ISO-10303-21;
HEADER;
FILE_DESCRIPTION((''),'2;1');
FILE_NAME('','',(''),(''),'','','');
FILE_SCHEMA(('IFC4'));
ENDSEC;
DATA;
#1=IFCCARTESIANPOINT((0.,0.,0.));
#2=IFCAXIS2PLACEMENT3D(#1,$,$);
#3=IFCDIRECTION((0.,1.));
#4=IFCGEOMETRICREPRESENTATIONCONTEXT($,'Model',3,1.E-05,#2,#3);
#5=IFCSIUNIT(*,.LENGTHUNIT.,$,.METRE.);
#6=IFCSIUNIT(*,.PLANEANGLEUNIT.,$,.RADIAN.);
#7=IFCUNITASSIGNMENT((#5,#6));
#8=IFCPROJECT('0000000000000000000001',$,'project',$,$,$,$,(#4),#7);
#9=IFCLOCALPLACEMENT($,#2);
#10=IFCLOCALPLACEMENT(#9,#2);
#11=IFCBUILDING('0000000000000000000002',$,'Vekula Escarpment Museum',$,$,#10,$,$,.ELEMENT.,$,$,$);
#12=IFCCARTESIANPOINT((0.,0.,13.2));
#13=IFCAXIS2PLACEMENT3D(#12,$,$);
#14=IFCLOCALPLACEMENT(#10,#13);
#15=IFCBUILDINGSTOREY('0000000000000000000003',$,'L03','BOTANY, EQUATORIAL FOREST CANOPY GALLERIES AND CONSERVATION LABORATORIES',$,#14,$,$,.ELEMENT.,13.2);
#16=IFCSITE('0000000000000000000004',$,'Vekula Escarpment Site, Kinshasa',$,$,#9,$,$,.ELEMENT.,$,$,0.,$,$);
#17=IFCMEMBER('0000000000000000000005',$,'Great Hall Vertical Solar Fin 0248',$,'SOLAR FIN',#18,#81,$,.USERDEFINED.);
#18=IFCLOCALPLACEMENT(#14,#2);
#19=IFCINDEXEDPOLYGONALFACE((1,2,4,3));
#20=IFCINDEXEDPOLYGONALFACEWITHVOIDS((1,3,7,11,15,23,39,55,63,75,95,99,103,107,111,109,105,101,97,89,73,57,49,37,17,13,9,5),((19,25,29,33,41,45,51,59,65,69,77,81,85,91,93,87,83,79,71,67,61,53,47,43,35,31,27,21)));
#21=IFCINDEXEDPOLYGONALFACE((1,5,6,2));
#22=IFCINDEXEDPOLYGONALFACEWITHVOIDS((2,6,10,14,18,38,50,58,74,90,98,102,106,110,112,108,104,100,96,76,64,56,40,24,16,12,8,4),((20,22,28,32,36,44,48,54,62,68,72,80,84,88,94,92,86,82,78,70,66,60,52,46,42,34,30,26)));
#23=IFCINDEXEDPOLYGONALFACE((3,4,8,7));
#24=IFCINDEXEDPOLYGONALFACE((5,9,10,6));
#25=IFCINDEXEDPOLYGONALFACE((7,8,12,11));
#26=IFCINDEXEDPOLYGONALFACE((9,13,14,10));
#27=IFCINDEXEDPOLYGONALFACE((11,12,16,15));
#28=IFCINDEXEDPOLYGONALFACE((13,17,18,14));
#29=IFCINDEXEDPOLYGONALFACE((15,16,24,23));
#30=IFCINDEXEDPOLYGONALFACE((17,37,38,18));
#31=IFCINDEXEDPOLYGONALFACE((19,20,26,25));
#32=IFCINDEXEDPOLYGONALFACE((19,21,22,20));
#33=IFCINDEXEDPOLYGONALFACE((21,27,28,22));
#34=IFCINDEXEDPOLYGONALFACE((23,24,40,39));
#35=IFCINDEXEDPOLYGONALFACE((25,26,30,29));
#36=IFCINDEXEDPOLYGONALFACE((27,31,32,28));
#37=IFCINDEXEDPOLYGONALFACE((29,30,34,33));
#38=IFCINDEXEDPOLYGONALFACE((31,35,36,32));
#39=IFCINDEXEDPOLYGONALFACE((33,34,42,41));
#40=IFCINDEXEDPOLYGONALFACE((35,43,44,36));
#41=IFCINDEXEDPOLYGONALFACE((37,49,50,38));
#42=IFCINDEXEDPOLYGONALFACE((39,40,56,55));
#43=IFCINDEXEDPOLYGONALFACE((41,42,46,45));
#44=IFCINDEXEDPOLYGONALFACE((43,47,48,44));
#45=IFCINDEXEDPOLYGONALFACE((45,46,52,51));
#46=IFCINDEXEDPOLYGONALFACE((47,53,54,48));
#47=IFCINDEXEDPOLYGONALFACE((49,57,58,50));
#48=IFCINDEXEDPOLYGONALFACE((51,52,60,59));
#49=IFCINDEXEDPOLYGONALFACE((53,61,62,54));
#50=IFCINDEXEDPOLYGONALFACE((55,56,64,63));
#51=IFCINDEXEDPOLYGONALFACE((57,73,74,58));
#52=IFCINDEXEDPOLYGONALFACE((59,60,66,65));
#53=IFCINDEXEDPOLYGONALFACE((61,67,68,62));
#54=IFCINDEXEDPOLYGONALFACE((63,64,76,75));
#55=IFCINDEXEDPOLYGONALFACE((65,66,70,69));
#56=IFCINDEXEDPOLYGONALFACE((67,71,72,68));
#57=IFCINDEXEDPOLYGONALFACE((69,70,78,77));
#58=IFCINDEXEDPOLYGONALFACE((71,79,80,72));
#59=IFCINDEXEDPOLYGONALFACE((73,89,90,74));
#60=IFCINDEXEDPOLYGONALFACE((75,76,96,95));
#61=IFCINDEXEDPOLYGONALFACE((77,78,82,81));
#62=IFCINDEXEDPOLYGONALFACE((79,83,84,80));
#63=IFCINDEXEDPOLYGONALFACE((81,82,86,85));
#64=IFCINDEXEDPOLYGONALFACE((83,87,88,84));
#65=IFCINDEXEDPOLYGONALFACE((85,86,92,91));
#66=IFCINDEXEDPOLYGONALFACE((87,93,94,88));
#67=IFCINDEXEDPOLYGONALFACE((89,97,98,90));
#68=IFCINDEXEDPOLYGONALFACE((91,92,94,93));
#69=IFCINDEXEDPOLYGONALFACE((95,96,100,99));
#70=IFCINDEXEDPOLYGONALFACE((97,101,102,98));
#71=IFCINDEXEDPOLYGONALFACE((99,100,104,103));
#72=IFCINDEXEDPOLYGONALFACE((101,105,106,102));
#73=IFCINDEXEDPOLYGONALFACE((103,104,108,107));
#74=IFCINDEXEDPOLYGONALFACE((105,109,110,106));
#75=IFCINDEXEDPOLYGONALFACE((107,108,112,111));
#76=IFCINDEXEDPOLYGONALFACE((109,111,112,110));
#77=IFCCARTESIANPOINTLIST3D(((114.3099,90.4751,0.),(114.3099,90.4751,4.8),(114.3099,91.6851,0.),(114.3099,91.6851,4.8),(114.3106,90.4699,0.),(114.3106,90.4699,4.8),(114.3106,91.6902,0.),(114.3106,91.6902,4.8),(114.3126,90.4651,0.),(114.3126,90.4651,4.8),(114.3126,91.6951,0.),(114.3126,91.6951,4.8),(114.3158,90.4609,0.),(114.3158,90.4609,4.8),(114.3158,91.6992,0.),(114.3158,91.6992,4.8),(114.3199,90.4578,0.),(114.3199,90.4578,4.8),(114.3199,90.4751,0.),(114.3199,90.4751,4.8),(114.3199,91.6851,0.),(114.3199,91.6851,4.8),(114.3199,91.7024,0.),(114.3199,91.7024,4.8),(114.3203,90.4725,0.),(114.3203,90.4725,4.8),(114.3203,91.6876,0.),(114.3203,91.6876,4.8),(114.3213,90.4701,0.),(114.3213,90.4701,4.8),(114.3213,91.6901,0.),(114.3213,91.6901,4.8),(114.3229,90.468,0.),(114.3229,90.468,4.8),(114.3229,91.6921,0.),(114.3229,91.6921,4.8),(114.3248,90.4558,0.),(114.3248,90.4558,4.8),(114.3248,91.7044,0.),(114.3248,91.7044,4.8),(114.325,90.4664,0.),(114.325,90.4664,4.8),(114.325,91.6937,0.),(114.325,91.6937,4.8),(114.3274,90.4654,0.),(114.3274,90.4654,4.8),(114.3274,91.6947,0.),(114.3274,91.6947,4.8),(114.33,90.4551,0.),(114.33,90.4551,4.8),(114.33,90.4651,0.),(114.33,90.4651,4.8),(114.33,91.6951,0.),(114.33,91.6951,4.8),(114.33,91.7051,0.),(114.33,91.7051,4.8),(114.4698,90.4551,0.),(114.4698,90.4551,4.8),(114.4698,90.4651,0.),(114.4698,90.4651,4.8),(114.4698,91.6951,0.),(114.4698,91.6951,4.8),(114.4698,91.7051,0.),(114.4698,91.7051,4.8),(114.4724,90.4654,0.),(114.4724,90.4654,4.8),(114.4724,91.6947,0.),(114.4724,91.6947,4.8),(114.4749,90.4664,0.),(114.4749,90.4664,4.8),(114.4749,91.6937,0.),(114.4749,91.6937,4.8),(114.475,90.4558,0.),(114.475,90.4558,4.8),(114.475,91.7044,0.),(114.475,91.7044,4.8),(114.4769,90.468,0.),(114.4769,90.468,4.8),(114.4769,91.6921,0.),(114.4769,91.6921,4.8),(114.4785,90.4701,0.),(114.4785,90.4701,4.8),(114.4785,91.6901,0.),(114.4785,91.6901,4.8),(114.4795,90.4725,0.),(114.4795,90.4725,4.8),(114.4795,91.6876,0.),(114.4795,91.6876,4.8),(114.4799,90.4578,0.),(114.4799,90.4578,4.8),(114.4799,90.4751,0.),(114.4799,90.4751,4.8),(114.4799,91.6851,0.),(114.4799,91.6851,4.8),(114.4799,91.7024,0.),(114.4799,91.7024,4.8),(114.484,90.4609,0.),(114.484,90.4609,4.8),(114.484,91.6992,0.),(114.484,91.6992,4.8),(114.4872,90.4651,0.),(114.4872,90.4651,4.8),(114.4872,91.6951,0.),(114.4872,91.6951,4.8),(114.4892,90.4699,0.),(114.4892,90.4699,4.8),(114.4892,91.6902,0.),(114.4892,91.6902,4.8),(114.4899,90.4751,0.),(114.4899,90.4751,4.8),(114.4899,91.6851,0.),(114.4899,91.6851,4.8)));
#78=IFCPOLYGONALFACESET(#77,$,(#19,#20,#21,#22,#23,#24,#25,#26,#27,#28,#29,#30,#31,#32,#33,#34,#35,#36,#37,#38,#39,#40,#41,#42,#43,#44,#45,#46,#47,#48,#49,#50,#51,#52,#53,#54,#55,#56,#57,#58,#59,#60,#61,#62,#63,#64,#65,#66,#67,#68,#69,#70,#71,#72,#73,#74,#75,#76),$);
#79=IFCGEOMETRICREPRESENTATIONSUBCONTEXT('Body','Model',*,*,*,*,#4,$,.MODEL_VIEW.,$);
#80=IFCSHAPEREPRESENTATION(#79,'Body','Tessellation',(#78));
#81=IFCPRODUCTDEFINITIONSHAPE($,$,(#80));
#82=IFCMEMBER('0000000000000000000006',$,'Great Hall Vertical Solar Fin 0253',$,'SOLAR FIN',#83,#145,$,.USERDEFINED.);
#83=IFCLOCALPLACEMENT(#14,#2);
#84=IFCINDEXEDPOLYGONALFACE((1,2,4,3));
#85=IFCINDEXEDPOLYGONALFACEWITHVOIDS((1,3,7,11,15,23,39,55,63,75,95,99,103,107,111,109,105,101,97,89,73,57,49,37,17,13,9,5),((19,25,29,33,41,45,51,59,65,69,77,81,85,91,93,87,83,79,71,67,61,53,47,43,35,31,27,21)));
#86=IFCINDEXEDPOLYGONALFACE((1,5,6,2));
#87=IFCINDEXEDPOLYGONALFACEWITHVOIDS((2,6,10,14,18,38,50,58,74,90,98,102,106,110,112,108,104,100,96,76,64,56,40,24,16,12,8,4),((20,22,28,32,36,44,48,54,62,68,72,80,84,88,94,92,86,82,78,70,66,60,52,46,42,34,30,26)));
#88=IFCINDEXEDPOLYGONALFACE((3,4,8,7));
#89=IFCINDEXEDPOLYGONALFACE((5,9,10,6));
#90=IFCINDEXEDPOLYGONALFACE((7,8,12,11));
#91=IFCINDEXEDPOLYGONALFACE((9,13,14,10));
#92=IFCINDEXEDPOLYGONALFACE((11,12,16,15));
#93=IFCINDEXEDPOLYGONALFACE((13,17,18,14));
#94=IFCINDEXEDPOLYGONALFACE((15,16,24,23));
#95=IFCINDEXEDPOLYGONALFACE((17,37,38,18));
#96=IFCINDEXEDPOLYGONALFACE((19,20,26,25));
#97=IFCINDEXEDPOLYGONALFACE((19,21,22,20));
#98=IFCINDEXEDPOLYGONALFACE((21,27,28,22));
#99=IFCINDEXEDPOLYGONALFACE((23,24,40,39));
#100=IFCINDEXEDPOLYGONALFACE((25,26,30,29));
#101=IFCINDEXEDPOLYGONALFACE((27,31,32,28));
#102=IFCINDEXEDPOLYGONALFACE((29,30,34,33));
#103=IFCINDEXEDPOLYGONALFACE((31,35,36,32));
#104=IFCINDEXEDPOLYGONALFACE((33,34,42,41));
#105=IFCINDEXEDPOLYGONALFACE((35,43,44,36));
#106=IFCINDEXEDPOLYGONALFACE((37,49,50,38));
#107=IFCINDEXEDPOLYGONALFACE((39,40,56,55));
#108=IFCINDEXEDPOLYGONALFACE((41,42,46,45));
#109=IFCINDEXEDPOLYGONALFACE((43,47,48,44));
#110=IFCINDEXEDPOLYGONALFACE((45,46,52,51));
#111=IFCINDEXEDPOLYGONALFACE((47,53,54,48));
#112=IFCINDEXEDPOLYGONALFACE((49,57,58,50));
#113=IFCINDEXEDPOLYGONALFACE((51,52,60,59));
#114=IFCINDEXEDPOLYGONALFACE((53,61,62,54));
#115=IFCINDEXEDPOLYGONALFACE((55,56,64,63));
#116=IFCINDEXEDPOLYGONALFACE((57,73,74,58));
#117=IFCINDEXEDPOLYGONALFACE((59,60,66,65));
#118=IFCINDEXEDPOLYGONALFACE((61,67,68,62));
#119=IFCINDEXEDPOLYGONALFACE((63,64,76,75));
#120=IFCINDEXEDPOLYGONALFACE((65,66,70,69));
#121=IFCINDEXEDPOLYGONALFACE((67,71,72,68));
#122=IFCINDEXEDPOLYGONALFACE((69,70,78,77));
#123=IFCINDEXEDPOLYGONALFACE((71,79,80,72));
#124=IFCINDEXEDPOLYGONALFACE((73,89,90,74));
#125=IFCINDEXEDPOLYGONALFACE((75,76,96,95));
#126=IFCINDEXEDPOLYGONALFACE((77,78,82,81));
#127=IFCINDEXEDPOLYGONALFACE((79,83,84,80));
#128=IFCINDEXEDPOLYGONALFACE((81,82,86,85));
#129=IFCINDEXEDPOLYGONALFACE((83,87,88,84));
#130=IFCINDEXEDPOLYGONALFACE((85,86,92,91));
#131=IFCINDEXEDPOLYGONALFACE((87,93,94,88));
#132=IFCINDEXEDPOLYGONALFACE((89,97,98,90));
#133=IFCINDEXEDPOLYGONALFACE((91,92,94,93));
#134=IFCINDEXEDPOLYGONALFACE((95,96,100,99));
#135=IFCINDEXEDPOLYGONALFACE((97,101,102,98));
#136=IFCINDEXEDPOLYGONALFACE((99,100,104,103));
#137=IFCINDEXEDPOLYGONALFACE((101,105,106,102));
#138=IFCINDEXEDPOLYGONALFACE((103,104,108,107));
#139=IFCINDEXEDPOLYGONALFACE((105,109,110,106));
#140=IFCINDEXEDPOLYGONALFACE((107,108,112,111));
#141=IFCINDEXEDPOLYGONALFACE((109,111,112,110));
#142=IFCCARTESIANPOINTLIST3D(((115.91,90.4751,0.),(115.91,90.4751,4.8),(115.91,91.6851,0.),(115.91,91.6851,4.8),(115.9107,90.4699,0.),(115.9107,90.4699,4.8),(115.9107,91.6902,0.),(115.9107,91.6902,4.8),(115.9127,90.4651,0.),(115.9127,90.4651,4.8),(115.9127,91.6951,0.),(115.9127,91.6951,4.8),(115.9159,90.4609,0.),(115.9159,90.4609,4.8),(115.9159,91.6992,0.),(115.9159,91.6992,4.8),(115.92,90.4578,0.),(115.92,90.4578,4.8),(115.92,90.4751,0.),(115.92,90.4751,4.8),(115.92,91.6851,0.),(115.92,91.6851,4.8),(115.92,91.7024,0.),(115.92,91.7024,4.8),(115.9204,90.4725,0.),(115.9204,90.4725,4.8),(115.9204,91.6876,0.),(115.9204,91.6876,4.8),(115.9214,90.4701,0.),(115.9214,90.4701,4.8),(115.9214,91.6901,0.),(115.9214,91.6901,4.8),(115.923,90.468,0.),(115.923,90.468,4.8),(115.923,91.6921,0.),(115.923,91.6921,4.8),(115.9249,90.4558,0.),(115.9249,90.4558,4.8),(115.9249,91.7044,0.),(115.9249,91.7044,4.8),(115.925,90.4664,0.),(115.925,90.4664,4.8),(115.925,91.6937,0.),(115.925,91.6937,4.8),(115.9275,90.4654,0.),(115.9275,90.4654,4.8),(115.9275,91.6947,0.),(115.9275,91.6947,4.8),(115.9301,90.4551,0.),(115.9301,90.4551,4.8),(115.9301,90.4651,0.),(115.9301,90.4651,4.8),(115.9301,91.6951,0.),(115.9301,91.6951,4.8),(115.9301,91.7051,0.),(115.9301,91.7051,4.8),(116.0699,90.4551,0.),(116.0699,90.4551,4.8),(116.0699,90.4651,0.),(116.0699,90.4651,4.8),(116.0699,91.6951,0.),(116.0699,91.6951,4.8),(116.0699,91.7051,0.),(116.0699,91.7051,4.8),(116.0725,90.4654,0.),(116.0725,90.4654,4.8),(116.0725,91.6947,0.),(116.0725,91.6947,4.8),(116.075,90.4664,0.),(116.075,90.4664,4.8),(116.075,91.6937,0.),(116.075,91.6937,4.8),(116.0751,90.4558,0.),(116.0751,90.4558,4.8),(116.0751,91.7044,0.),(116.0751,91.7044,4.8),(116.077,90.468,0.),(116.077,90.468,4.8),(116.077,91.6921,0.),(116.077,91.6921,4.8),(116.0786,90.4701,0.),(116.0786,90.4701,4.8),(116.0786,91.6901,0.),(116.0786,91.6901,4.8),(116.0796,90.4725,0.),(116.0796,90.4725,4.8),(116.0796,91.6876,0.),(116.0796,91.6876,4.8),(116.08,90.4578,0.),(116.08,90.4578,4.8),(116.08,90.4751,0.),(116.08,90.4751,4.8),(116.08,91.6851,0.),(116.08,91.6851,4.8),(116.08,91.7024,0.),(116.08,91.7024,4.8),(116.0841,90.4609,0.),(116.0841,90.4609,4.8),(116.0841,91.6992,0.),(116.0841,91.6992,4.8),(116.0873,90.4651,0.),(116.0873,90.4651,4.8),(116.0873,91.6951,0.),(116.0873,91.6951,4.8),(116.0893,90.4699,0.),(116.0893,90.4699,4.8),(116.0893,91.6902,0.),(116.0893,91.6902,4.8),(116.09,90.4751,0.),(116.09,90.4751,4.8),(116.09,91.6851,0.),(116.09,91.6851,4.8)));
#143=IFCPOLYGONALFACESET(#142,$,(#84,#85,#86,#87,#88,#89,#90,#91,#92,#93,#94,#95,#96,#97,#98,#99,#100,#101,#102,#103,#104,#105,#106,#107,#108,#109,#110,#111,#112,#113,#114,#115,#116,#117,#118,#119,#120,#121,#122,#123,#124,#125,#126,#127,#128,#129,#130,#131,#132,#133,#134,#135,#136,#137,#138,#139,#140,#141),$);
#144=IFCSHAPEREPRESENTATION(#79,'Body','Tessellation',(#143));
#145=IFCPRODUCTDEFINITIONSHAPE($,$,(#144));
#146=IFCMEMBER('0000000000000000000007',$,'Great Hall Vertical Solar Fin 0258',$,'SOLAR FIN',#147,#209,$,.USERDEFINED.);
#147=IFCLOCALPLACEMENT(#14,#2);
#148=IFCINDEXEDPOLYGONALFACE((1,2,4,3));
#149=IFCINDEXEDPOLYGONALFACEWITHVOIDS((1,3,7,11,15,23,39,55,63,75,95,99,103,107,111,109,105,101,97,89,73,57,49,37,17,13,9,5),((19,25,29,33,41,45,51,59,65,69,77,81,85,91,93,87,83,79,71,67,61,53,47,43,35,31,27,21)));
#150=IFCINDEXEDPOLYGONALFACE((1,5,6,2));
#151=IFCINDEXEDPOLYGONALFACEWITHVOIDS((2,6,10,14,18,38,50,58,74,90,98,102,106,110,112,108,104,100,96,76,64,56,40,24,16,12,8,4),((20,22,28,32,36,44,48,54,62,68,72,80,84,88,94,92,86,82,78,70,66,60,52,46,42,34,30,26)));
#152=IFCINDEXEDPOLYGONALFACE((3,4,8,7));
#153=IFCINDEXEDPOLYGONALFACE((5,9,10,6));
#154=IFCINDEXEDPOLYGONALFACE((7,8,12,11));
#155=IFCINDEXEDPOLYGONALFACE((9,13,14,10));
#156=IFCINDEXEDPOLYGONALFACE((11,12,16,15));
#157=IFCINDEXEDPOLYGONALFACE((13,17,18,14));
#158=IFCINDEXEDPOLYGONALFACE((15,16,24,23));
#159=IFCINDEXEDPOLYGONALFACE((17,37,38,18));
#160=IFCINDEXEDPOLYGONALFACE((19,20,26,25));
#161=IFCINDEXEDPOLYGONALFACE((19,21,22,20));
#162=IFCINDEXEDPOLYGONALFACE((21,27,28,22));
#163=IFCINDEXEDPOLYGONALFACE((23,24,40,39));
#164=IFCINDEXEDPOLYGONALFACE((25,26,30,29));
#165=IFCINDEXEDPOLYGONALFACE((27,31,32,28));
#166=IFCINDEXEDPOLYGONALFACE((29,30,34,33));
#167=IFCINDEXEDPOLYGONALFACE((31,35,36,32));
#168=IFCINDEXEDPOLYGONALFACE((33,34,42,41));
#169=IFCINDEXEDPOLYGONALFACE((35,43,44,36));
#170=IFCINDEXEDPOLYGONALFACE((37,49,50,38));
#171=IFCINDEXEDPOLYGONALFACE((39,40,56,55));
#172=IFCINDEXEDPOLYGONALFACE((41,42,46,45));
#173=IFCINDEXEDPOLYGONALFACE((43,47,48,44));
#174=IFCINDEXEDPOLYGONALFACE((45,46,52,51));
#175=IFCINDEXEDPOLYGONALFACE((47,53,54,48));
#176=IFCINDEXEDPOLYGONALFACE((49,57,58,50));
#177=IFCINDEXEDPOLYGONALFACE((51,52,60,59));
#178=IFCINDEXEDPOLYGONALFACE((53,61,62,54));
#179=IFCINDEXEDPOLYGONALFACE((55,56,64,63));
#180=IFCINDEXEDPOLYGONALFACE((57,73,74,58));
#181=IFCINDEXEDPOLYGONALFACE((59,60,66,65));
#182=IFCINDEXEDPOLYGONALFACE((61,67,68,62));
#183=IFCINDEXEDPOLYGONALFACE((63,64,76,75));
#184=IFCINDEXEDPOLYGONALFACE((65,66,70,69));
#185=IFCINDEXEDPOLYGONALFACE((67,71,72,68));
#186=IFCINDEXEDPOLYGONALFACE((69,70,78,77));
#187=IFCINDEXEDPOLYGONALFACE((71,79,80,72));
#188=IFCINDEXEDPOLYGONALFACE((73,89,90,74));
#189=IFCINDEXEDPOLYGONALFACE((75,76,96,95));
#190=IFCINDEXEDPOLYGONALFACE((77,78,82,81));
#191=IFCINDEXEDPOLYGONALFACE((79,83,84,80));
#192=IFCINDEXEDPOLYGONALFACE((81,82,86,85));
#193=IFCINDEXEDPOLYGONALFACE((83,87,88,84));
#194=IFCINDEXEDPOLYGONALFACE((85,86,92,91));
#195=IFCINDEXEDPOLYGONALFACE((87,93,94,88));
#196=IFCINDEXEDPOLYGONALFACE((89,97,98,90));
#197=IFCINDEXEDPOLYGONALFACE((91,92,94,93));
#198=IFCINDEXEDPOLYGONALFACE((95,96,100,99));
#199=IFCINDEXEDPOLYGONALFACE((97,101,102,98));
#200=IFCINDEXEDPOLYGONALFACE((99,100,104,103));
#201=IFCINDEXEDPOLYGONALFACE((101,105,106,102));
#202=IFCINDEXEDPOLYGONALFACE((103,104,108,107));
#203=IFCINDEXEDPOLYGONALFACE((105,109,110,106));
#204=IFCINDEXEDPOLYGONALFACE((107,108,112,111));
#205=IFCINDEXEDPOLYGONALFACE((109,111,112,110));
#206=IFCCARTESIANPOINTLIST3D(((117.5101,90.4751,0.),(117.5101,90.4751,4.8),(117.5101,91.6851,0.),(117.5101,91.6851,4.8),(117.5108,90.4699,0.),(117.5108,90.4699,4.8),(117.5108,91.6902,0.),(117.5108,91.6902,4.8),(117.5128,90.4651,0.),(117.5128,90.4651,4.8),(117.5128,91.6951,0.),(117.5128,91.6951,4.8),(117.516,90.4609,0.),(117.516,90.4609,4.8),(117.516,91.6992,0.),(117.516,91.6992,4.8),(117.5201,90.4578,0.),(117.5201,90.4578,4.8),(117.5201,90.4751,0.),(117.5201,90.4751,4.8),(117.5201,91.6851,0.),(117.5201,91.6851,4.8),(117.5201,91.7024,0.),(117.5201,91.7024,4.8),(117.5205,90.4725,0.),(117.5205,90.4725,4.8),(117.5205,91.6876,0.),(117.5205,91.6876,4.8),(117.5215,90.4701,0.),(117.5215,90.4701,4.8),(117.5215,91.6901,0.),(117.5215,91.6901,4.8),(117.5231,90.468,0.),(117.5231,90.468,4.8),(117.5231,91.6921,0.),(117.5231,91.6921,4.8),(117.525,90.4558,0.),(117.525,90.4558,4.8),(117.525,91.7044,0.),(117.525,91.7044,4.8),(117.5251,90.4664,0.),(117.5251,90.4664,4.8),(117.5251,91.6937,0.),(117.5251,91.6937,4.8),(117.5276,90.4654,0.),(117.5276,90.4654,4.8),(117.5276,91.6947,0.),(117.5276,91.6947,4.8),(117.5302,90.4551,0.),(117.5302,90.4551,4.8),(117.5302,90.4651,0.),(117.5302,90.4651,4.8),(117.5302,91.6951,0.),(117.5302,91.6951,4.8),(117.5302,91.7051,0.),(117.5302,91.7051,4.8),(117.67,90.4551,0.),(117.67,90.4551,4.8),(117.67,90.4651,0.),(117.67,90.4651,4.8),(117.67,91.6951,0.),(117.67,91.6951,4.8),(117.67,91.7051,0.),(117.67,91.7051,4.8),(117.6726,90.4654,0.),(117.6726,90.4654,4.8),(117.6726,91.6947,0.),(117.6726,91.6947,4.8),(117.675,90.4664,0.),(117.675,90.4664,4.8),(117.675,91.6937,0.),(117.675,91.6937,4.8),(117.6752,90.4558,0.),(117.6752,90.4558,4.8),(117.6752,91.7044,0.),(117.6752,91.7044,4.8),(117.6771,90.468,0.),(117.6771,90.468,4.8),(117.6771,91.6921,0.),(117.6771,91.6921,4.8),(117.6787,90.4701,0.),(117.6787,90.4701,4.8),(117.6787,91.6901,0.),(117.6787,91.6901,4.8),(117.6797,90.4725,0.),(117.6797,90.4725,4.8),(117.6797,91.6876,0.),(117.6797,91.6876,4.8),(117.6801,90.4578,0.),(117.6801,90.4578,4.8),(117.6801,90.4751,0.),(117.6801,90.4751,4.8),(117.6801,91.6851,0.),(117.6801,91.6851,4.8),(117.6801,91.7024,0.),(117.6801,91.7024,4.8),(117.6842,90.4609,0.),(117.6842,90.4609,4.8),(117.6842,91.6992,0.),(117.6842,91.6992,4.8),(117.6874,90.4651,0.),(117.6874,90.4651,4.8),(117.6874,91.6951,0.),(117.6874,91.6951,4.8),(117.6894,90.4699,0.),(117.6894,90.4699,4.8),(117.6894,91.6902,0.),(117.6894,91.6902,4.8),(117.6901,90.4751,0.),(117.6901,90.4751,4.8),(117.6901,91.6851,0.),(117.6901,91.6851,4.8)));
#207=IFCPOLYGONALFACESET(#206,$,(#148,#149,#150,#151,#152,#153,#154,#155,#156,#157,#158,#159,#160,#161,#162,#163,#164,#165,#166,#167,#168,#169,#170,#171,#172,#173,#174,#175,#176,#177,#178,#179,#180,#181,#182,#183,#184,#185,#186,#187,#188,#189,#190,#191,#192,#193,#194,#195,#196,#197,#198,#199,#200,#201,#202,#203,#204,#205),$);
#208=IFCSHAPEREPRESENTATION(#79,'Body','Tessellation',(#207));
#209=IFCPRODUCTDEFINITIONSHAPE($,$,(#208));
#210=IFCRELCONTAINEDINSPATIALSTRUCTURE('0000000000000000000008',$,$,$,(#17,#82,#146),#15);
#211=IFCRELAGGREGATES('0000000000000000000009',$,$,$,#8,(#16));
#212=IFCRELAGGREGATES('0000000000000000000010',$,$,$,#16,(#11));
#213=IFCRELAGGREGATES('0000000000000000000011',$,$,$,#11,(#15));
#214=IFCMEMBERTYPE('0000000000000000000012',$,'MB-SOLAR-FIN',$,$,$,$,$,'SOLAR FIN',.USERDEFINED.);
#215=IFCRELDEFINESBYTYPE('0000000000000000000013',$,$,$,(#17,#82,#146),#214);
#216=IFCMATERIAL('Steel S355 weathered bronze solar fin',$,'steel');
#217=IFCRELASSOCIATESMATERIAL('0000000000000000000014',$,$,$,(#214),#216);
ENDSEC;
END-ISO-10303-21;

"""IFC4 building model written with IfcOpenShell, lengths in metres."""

from ifc_helpers import new_model, si_unit, direction, frame, origin, origin_2d, place, context, subcontext, project, spatial, hollow_rectangle, extrude, material, material_profile, profile_set, type_object, element, save


model = new_model("IFC4")

# Units and contexts
model_context = context("Model", 3, precision=1e-05, world=origin(), true_north=direction((0.0, 1.0)))
body_context = subcontext(model_context, "Body", "Model", "MODEL_VIEW")
ifc_project = project(units=[si_unit("LENGTHUNIT", "METRE"), si_unit("PLANEANGLEUNIT", "RADIAN")], contexts=[model_context])

# Site, building, storey
site_placement = place(None, origin())
site = spatial("IfcSite", under=ifc_project, at=site_placement, Name="Vekula Escarpment Site, Kinshasa", CompositionType="ELEMENT", RefElevation=0.0)
building_placement = place(site_placement, origin())
building = spatial("IfcBuilding", under=site, at=building_placement, Name="Vekula Escarpment Museum", CompositionType="ELEMENT")
storey_placement = place(building_placement, frame((0.0, 0.0, 13.2)))
storey = spatial("IfcBuildingStorey", under=building, at=storey_placement, Name="L03", Description="BOTANY, EQUATORIAL FOREST CANOPY GALLERIES AND CONSERVATION LABORATORIES", CompositionType="ELEMENT", Elevation=13.2)

# Members
ifc_material_1 = material(Name="Steel S355 weathered bronze solar fin", Category="steel")
ifc_material_profile_1 = material_profile(ifc_material_1, hollow_rectangle(XDim=0.1799, YDim=1.25, WallThickness=0.01, InnerFilletRadius=0.01, OuterFilletRadius=0.02, at=origin_2d()), Name="RHS 1250x180x10")
ifc_profile_set_1 = profile_set([ifc_material_profile_1], Name="Steel S355 weathered bronze solar fin")
member_type = type_object("IfcMemberType", Name="MB-SOLAR-FIN", ElementType="SOLAR FIN", PredefinedType="USERDEFINED", material=ifc_profile_set_1)
for number, where, z_axis, x_axis, name in (
    (1, (114.3999, 91.0801, 0.0), (0.0, 0.0, 1.0), (1.0, 0.0, 0.0), "Great Hall Vertical Solar Fin 0248"),
    (2, (116.0, 91.0801, 0.0), (0.0, 0.0, 1.0), (1.0, 0.0, 0.0), "Great Hall Vertical Solar Fin 0253"),
    (3, (117.6001, 91.0801, 0.0), (0.0, 0.0, 1.0), (1.0, 0.0, 0.0), "Great Hall Vertical Solar Fin 0258"),
):
    element("IfcMember", number, at=place(storey_placement, frame(where, z_axis=z_axis, x_axis=x_axis)), inside=storey, type_object=member_type, Name=name, ObjectType="SOLAR FIN", PredefinedType="USERDEFINED", context=body_context, shape_type="SweptSolid", body=[
        extrude(hollow_rectangle(XDim=0.1799, YDim=1.25, WallThickness=0.01, InnerFilletRadius=0.01, OuterFilletRadius=0.02, at=origin_2d()), origin(), (0.0, 0.0, 1.0), 4.8),
    ])

save(model, "model.ifc")
